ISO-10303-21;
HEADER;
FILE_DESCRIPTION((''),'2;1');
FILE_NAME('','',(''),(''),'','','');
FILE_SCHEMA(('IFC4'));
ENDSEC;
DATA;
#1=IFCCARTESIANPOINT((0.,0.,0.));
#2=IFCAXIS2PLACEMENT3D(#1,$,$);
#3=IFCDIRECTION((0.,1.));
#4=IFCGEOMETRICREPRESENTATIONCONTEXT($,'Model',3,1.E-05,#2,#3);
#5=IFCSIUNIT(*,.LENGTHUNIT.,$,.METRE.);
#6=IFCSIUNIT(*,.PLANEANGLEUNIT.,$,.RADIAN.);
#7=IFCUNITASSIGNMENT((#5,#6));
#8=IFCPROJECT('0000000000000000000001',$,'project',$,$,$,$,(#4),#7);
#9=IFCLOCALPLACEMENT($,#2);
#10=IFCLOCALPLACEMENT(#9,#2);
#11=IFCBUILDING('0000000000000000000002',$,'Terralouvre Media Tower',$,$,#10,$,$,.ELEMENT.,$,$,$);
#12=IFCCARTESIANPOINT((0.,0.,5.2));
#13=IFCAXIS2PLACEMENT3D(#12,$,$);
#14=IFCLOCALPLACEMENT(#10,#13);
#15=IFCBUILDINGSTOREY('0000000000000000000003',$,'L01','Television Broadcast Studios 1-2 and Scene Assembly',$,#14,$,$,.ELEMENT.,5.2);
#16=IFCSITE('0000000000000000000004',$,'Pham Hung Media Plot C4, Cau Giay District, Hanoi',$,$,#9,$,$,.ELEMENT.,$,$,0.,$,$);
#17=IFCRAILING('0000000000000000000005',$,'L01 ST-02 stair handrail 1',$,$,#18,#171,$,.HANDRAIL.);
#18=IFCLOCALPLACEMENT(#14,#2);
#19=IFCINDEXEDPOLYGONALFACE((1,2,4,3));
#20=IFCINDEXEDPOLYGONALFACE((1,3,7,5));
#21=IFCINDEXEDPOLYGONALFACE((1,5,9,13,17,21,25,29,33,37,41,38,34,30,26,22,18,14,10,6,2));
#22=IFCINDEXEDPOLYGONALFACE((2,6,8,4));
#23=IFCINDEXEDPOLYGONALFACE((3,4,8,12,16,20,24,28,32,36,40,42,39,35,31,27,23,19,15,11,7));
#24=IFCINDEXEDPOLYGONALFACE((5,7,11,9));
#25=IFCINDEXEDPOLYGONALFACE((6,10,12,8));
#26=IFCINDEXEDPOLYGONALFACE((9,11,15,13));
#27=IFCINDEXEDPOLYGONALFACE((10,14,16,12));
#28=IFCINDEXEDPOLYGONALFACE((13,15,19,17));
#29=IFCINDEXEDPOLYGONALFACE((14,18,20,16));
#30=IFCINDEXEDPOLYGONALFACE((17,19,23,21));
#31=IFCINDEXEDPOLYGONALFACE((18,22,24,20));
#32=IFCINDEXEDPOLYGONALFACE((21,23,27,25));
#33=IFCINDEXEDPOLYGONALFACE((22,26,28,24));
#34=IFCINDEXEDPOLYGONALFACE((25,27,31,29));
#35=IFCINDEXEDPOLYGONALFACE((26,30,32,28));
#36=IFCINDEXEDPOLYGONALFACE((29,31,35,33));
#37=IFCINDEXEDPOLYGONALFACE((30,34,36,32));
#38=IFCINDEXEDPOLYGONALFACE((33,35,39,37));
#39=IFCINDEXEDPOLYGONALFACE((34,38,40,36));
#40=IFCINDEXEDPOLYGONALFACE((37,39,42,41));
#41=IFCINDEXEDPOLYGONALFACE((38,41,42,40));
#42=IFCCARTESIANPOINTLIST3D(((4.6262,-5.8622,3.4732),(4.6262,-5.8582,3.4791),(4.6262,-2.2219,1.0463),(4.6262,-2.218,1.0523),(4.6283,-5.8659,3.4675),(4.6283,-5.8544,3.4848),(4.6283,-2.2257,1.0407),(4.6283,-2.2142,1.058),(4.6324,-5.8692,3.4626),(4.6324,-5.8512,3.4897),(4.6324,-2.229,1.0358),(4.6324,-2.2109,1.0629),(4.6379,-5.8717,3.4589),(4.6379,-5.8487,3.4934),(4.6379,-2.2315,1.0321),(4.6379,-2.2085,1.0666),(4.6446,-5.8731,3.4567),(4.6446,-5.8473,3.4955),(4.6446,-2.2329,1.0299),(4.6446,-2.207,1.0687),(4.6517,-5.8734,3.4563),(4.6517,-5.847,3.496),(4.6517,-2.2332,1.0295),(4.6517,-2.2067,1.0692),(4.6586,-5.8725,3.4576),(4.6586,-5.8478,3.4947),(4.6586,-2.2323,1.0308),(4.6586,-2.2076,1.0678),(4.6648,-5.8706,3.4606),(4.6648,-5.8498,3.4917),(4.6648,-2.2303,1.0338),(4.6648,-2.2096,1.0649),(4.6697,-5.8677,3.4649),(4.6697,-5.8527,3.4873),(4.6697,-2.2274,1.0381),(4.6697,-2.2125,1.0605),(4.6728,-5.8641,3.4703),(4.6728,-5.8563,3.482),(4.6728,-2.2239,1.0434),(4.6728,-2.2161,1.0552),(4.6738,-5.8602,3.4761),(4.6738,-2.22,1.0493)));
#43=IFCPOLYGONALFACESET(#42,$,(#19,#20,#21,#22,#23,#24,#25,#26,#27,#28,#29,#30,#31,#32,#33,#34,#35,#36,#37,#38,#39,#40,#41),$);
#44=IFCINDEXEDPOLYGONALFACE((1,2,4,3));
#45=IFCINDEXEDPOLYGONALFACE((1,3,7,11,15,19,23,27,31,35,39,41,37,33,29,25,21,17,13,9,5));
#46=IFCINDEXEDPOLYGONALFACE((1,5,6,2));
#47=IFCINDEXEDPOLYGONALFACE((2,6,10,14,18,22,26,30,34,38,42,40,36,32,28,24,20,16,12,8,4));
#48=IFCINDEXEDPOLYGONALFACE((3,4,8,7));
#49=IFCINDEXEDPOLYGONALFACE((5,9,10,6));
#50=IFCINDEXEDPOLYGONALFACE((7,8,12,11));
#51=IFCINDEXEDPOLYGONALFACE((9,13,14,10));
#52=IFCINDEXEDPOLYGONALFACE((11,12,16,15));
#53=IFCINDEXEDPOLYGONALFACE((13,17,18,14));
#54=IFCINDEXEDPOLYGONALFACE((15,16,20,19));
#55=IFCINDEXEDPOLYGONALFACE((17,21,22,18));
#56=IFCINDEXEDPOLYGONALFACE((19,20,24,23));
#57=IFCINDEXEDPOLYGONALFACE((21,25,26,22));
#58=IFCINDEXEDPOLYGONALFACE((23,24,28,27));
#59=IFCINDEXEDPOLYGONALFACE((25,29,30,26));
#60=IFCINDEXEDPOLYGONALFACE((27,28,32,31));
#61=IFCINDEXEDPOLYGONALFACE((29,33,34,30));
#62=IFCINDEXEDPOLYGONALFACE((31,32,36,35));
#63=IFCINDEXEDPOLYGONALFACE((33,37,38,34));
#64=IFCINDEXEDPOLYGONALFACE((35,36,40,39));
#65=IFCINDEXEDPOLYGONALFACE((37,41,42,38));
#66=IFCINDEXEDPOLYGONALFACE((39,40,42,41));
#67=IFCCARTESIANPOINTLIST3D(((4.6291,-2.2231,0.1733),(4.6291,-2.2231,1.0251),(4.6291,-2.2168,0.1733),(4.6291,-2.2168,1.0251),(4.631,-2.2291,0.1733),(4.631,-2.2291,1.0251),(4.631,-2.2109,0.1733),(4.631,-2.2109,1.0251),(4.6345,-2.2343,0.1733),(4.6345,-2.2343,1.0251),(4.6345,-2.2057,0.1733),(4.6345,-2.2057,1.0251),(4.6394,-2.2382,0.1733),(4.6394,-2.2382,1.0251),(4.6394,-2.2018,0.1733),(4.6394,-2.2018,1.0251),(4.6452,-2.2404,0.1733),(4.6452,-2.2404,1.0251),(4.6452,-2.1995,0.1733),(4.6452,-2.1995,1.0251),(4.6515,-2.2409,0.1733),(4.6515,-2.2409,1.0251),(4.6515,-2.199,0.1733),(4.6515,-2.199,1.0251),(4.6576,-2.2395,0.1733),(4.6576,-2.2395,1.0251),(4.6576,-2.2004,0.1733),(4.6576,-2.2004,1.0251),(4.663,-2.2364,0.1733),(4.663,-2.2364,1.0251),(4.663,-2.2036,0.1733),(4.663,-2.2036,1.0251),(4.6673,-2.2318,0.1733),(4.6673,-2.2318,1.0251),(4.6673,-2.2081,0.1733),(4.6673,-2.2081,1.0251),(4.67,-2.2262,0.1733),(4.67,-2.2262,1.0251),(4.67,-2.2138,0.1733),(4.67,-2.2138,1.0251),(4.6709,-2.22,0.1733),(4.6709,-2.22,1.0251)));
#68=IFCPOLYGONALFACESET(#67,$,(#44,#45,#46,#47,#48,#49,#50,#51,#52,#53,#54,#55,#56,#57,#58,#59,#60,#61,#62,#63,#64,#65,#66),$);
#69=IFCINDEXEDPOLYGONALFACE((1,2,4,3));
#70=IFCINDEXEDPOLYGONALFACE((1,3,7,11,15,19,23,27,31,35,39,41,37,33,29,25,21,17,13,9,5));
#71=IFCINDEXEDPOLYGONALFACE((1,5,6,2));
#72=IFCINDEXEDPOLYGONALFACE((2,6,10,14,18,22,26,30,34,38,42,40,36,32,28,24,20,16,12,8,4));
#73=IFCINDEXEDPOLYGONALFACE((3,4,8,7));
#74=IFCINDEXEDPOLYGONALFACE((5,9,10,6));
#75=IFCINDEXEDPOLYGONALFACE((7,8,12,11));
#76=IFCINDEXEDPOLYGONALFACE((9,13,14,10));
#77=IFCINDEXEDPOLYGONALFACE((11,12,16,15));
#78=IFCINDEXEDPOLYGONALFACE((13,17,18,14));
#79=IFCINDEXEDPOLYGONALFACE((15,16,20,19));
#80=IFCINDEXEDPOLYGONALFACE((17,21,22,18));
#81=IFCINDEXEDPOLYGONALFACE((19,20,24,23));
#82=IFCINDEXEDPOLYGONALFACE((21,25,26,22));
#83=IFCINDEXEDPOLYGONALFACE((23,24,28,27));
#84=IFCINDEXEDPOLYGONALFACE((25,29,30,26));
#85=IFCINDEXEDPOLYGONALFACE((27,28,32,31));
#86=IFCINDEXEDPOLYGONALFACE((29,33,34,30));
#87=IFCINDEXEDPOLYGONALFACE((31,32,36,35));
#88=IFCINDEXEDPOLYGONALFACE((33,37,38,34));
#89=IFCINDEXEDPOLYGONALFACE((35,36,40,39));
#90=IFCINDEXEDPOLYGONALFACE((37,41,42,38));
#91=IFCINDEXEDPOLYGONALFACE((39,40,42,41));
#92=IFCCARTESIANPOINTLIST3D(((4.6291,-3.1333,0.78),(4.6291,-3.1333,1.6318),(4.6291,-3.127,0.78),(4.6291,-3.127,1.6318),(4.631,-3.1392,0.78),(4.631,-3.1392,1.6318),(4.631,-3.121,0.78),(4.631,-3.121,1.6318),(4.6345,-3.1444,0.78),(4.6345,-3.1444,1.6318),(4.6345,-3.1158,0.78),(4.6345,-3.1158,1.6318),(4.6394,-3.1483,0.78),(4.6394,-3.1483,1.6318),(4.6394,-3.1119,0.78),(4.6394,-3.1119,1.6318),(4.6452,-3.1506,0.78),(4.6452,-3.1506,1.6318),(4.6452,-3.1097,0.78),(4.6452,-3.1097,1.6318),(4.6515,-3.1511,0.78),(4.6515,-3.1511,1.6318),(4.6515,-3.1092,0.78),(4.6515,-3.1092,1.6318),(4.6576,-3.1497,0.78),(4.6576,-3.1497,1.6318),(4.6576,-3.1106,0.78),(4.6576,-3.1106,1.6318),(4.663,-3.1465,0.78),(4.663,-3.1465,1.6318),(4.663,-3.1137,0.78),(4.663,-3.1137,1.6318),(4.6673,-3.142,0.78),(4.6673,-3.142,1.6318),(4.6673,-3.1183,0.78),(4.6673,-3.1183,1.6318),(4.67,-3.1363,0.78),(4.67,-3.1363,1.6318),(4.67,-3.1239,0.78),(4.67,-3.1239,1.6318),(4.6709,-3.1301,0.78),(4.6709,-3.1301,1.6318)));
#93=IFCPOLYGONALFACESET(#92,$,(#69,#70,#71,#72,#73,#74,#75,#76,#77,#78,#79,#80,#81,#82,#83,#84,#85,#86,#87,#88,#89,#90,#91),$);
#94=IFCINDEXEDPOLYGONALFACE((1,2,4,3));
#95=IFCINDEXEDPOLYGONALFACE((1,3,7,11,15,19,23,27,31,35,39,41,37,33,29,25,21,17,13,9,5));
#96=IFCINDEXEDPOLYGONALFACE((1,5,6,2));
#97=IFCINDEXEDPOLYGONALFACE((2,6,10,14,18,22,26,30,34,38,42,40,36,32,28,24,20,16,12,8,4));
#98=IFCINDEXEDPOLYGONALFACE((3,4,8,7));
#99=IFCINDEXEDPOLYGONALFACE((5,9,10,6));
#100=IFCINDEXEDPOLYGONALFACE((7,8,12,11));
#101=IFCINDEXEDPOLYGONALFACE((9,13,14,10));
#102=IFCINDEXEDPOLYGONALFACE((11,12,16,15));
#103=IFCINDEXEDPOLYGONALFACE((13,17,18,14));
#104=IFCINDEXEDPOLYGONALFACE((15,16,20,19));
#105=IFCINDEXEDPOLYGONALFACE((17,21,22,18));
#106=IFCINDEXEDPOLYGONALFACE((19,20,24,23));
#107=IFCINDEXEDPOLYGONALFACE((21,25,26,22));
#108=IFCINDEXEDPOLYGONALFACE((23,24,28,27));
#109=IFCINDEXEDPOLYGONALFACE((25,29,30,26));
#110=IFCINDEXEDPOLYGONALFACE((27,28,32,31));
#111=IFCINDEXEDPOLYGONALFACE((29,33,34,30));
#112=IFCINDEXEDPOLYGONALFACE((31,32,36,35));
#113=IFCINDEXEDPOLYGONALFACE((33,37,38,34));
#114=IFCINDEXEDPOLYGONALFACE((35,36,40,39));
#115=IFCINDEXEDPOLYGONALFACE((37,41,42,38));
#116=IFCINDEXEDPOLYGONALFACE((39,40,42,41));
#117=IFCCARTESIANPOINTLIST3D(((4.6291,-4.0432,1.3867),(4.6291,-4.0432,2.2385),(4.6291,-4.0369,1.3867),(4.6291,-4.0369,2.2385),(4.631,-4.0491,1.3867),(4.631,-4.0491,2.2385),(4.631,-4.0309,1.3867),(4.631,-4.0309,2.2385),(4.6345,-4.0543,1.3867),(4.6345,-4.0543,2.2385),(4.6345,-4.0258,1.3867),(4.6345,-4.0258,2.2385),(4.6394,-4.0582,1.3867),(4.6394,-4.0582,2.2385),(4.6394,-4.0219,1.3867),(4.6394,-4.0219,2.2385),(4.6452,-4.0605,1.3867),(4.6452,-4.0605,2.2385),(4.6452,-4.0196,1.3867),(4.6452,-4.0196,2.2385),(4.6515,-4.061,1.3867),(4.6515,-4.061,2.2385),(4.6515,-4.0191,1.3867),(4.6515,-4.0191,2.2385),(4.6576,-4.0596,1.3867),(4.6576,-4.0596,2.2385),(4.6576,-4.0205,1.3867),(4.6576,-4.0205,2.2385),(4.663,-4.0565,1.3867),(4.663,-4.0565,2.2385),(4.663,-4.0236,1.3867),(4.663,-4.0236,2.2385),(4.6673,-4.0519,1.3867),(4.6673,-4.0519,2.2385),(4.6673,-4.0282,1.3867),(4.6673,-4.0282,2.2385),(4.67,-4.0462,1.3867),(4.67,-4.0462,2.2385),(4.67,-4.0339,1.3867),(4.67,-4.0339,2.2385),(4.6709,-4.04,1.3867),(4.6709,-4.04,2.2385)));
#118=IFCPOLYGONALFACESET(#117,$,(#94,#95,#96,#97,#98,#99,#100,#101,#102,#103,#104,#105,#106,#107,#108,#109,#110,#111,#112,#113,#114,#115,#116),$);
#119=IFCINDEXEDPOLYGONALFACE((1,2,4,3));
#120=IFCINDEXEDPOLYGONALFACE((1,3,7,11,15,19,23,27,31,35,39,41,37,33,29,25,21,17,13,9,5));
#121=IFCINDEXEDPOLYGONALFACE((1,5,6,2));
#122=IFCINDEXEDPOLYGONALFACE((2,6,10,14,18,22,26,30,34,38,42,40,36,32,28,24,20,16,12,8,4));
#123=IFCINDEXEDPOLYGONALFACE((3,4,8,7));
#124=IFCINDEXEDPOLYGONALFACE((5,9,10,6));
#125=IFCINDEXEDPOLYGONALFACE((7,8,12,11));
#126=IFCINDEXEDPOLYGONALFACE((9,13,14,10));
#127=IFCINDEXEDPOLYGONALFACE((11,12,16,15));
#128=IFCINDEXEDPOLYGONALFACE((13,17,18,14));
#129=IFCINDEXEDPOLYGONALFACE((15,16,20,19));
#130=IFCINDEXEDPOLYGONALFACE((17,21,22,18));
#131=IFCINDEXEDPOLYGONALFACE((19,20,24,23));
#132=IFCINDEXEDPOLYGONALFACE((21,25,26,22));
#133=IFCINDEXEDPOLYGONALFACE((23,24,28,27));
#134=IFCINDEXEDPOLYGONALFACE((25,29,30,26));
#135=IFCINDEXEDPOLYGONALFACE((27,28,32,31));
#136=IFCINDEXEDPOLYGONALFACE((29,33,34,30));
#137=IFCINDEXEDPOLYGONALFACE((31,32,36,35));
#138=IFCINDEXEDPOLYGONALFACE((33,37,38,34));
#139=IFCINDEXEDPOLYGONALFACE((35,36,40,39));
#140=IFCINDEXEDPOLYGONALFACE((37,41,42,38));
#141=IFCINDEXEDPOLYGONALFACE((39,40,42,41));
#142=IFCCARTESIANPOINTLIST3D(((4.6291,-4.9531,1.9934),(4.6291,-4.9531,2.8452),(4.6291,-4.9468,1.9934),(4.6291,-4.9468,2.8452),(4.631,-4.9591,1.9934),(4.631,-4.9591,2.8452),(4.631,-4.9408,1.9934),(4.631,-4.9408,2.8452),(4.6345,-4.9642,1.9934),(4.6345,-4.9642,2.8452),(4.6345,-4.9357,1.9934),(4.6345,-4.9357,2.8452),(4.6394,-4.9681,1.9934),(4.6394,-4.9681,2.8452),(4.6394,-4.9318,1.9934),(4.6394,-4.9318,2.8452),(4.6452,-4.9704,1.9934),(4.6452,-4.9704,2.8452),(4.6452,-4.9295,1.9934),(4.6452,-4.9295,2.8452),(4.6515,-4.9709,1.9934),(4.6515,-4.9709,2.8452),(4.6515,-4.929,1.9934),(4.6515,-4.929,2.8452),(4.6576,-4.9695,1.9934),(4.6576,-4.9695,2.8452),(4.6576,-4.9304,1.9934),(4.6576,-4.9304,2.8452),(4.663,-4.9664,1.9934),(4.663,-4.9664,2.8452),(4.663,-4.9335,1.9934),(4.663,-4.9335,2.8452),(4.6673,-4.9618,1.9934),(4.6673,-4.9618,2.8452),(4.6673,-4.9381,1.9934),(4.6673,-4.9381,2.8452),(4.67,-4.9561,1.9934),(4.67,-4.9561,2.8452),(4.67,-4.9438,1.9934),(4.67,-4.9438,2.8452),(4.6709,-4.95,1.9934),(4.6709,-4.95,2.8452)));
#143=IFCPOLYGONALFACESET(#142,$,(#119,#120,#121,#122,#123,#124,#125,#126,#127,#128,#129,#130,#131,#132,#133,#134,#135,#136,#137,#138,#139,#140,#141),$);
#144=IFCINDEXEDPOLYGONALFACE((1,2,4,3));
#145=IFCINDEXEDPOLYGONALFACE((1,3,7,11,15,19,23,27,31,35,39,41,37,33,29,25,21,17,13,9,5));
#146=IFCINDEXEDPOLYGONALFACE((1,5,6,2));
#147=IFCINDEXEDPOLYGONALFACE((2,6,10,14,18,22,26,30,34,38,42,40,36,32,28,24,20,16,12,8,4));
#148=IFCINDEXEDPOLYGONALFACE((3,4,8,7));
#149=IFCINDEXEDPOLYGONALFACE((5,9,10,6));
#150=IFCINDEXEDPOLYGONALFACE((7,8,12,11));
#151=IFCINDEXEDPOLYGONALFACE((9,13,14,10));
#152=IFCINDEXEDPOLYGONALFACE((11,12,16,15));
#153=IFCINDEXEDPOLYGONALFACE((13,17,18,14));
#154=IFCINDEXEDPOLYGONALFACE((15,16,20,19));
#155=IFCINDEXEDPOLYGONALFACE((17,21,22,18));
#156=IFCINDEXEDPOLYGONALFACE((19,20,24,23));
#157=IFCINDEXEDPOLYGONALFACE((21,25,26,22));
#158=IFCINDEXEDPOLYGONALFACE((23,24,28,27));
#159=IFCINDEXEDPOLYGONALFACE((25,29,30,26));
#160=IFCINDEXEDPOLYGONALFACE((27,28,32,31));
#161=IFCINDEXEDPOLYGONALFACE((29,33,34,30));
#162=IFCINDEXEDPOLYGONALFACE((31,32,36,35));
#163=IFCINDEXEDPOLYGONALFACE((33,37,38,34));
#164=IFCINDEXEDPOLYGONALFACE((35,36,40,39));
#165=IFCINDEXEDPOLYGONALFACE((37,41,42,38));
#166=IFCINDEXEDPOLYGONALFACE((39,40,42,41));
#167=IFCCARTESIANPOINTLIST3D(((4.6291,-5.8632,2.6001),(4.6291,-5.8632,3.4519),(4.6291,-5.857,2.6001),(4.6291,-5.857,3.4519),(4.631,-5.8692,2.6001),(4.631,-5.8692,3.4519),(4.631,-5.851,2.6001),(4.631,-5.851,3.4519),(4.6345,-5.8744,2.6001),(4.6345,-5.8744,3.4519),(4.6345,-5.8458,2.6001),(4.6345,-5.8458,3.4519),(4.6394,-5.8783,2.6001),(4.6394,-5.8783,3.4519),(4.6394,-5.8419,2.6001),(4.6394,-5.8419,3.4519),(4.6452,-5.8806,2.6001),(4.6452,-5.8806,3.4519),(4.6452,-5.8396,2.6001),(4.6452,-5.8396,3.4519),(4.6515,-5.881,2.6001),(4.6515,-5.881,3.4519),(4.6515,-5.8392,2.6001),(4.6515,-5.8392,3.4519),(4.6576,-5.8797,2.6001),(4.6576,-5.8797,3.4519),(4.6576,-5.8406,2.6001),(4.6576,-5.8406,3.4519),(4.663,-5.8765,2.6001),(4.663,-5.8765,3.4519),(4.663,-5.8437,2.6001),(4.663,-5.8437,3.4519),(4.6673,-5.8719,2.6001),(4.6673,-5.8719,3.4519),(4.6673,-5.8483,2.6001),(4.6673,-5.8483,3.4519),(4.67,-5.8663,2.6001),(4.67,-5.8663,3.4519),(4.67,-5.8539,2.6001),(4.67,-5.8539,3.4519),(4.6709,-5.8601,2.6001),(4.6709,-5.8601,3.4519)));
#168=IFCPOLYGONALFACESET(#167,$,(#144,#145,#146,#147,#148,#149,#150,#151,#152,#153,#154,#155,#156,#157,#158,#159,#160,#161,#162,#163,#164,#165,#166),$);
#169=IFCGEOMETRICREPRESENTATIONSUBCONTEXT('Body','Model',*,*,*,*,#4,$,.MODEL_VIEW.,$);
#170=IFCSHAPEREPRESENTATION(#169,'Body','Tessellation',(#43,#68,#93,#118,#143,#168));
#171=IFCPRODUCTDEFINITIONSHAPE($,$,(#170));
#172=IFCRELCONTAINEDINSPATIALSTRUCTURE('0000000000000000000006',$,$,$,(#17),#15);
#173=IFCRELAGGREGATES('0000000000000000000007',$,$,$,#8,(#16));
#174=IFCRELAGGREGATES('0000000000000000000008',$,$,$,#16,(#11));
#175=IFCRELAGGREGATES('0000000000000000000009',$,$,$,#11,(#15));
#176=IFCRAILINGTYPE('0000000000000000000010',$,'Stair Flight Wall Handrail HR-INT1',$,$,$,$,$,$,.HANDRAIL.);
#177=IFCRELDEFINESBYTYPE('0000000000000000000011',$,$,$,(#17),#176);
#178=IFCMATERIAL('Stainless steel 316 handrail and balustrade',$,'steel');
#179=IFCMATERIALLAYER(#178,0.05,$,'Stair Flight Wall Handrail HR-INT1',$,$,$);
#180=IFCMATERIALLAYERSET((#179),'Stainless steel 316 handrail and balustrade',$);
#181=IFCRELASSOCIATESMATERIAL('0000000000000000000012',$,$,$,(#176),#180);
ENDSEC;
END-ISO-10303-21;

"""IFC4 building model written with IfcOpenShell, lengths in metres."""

from ifc_helpers import new_model, si_unit, direction, frame, origin, origin_2d, place, context, subcontext, project, spatial, circle, extrude, material, layer, layer_set, type_object, element, save


model = new_model("IFC4")

# Units and contexts
model_context = context("Model", 3, precision=1e-05, world=origin(), true_north=direction((0.0, 1.0)))
body_context = subcontext(model_context, "Body", "Model", "MODEL_VIEW")
ifc_project = project(units=[si_unit("LENGTHUNIT", "METRE"), si_unit("PLANEANGLEUNIT", "RADIAN")], contexts=[model_context])

# Site, building, storey
site_placement = place(None, origin())
site = spatial("IfcSite", under=ifc_project, at=site_placement, Name="Pham Hung Media Plot C4, Cau Giay District, Hanoi", CompositionType="ELEMENT", RefElevation=0.0)
building_placement = place(site_placement, origin())
building = spatial("IfcBuilding", under=site, at=building_placement, Name="Terralouvre Media Tower", CompositionType="ELEMENT")
storey_placement = place(building_placement, frame((0.0, 0.0, 5.2)))
storey = spatial("IfcBuildingStorey", under=building, at=storey_placement, Name="L01", Description="Television Broadcast Studios 1-2 and Scene Assembly", CompositionType="ELEMENT", Elevation=5.2)

# Railing
ifc_material_1 = material(Name="Stainless steel 316 handrail and balustrade", Category="steel")
ifc_layer_1 = layer(ifc_material_1, 0.05, Name="Stair Flight Wall Handrail HR-INT1")
ifc_layer_set_1 = layer_set([ifc_layer_1], Name="Stainless steel 316 handrail and balustrade")
railing_type_1 = type_object("IfcRailingType", Name="Stair Flight Wall Handrail HR-INT1", PredefinedType="HANDRAIL", material=ifc_layer_set_1)
railing_1_placement = place(storey_placement, frame((4.6499, -2.22, 0.1733)))
element("IfcRailing", 1, at=railing_1_placement, inside=storey, type_object=railing_type_1, Name="L01 ST-02 stair handrail 1", PredefinedType="HANDRAIL", context=body_context, shape_type="SweptSolid", body=[
    extrude(circle(Radius=0.0239, at=origin_2d()), frame((0.0, 0.0, 0.876), z_axis=(0.0, -0.83205, 0.5547), x_axis=(1.0, 0.0, 0.0)), (0.0, 0.0, 1.0), 4.375),
    extrude(circle(Radius=0.021, at=origin_2d()), origin(), (0.0, 0.0, 1.0), 0.8518),
    extrude(circle(Radius=0.021, at=origin_2d()), frame((0.0, -0.9102, 0.6067)), (0.0, 0.0, 1.0), 0.8518),
    extrude(circle(Radius=0.021, at=origin_2d()), frame((0.0, -1.8201, 1.2134)), (0.0, 0.0, 1.0), 0.8518),
    extrude(circle(Radius=0.021, at=origin_2d()), frame((0.0, -2.73, 1.8201)), (0.0, 0.0, 1.0), 0.8518),
    extrude(circle(Radius=0.021, at=origin_2d()), frame((0.0, -3.6401, 2.4268)), (0.0, 0.0, 1.0), 0.8518),
])

save(model, "model.ifc")
